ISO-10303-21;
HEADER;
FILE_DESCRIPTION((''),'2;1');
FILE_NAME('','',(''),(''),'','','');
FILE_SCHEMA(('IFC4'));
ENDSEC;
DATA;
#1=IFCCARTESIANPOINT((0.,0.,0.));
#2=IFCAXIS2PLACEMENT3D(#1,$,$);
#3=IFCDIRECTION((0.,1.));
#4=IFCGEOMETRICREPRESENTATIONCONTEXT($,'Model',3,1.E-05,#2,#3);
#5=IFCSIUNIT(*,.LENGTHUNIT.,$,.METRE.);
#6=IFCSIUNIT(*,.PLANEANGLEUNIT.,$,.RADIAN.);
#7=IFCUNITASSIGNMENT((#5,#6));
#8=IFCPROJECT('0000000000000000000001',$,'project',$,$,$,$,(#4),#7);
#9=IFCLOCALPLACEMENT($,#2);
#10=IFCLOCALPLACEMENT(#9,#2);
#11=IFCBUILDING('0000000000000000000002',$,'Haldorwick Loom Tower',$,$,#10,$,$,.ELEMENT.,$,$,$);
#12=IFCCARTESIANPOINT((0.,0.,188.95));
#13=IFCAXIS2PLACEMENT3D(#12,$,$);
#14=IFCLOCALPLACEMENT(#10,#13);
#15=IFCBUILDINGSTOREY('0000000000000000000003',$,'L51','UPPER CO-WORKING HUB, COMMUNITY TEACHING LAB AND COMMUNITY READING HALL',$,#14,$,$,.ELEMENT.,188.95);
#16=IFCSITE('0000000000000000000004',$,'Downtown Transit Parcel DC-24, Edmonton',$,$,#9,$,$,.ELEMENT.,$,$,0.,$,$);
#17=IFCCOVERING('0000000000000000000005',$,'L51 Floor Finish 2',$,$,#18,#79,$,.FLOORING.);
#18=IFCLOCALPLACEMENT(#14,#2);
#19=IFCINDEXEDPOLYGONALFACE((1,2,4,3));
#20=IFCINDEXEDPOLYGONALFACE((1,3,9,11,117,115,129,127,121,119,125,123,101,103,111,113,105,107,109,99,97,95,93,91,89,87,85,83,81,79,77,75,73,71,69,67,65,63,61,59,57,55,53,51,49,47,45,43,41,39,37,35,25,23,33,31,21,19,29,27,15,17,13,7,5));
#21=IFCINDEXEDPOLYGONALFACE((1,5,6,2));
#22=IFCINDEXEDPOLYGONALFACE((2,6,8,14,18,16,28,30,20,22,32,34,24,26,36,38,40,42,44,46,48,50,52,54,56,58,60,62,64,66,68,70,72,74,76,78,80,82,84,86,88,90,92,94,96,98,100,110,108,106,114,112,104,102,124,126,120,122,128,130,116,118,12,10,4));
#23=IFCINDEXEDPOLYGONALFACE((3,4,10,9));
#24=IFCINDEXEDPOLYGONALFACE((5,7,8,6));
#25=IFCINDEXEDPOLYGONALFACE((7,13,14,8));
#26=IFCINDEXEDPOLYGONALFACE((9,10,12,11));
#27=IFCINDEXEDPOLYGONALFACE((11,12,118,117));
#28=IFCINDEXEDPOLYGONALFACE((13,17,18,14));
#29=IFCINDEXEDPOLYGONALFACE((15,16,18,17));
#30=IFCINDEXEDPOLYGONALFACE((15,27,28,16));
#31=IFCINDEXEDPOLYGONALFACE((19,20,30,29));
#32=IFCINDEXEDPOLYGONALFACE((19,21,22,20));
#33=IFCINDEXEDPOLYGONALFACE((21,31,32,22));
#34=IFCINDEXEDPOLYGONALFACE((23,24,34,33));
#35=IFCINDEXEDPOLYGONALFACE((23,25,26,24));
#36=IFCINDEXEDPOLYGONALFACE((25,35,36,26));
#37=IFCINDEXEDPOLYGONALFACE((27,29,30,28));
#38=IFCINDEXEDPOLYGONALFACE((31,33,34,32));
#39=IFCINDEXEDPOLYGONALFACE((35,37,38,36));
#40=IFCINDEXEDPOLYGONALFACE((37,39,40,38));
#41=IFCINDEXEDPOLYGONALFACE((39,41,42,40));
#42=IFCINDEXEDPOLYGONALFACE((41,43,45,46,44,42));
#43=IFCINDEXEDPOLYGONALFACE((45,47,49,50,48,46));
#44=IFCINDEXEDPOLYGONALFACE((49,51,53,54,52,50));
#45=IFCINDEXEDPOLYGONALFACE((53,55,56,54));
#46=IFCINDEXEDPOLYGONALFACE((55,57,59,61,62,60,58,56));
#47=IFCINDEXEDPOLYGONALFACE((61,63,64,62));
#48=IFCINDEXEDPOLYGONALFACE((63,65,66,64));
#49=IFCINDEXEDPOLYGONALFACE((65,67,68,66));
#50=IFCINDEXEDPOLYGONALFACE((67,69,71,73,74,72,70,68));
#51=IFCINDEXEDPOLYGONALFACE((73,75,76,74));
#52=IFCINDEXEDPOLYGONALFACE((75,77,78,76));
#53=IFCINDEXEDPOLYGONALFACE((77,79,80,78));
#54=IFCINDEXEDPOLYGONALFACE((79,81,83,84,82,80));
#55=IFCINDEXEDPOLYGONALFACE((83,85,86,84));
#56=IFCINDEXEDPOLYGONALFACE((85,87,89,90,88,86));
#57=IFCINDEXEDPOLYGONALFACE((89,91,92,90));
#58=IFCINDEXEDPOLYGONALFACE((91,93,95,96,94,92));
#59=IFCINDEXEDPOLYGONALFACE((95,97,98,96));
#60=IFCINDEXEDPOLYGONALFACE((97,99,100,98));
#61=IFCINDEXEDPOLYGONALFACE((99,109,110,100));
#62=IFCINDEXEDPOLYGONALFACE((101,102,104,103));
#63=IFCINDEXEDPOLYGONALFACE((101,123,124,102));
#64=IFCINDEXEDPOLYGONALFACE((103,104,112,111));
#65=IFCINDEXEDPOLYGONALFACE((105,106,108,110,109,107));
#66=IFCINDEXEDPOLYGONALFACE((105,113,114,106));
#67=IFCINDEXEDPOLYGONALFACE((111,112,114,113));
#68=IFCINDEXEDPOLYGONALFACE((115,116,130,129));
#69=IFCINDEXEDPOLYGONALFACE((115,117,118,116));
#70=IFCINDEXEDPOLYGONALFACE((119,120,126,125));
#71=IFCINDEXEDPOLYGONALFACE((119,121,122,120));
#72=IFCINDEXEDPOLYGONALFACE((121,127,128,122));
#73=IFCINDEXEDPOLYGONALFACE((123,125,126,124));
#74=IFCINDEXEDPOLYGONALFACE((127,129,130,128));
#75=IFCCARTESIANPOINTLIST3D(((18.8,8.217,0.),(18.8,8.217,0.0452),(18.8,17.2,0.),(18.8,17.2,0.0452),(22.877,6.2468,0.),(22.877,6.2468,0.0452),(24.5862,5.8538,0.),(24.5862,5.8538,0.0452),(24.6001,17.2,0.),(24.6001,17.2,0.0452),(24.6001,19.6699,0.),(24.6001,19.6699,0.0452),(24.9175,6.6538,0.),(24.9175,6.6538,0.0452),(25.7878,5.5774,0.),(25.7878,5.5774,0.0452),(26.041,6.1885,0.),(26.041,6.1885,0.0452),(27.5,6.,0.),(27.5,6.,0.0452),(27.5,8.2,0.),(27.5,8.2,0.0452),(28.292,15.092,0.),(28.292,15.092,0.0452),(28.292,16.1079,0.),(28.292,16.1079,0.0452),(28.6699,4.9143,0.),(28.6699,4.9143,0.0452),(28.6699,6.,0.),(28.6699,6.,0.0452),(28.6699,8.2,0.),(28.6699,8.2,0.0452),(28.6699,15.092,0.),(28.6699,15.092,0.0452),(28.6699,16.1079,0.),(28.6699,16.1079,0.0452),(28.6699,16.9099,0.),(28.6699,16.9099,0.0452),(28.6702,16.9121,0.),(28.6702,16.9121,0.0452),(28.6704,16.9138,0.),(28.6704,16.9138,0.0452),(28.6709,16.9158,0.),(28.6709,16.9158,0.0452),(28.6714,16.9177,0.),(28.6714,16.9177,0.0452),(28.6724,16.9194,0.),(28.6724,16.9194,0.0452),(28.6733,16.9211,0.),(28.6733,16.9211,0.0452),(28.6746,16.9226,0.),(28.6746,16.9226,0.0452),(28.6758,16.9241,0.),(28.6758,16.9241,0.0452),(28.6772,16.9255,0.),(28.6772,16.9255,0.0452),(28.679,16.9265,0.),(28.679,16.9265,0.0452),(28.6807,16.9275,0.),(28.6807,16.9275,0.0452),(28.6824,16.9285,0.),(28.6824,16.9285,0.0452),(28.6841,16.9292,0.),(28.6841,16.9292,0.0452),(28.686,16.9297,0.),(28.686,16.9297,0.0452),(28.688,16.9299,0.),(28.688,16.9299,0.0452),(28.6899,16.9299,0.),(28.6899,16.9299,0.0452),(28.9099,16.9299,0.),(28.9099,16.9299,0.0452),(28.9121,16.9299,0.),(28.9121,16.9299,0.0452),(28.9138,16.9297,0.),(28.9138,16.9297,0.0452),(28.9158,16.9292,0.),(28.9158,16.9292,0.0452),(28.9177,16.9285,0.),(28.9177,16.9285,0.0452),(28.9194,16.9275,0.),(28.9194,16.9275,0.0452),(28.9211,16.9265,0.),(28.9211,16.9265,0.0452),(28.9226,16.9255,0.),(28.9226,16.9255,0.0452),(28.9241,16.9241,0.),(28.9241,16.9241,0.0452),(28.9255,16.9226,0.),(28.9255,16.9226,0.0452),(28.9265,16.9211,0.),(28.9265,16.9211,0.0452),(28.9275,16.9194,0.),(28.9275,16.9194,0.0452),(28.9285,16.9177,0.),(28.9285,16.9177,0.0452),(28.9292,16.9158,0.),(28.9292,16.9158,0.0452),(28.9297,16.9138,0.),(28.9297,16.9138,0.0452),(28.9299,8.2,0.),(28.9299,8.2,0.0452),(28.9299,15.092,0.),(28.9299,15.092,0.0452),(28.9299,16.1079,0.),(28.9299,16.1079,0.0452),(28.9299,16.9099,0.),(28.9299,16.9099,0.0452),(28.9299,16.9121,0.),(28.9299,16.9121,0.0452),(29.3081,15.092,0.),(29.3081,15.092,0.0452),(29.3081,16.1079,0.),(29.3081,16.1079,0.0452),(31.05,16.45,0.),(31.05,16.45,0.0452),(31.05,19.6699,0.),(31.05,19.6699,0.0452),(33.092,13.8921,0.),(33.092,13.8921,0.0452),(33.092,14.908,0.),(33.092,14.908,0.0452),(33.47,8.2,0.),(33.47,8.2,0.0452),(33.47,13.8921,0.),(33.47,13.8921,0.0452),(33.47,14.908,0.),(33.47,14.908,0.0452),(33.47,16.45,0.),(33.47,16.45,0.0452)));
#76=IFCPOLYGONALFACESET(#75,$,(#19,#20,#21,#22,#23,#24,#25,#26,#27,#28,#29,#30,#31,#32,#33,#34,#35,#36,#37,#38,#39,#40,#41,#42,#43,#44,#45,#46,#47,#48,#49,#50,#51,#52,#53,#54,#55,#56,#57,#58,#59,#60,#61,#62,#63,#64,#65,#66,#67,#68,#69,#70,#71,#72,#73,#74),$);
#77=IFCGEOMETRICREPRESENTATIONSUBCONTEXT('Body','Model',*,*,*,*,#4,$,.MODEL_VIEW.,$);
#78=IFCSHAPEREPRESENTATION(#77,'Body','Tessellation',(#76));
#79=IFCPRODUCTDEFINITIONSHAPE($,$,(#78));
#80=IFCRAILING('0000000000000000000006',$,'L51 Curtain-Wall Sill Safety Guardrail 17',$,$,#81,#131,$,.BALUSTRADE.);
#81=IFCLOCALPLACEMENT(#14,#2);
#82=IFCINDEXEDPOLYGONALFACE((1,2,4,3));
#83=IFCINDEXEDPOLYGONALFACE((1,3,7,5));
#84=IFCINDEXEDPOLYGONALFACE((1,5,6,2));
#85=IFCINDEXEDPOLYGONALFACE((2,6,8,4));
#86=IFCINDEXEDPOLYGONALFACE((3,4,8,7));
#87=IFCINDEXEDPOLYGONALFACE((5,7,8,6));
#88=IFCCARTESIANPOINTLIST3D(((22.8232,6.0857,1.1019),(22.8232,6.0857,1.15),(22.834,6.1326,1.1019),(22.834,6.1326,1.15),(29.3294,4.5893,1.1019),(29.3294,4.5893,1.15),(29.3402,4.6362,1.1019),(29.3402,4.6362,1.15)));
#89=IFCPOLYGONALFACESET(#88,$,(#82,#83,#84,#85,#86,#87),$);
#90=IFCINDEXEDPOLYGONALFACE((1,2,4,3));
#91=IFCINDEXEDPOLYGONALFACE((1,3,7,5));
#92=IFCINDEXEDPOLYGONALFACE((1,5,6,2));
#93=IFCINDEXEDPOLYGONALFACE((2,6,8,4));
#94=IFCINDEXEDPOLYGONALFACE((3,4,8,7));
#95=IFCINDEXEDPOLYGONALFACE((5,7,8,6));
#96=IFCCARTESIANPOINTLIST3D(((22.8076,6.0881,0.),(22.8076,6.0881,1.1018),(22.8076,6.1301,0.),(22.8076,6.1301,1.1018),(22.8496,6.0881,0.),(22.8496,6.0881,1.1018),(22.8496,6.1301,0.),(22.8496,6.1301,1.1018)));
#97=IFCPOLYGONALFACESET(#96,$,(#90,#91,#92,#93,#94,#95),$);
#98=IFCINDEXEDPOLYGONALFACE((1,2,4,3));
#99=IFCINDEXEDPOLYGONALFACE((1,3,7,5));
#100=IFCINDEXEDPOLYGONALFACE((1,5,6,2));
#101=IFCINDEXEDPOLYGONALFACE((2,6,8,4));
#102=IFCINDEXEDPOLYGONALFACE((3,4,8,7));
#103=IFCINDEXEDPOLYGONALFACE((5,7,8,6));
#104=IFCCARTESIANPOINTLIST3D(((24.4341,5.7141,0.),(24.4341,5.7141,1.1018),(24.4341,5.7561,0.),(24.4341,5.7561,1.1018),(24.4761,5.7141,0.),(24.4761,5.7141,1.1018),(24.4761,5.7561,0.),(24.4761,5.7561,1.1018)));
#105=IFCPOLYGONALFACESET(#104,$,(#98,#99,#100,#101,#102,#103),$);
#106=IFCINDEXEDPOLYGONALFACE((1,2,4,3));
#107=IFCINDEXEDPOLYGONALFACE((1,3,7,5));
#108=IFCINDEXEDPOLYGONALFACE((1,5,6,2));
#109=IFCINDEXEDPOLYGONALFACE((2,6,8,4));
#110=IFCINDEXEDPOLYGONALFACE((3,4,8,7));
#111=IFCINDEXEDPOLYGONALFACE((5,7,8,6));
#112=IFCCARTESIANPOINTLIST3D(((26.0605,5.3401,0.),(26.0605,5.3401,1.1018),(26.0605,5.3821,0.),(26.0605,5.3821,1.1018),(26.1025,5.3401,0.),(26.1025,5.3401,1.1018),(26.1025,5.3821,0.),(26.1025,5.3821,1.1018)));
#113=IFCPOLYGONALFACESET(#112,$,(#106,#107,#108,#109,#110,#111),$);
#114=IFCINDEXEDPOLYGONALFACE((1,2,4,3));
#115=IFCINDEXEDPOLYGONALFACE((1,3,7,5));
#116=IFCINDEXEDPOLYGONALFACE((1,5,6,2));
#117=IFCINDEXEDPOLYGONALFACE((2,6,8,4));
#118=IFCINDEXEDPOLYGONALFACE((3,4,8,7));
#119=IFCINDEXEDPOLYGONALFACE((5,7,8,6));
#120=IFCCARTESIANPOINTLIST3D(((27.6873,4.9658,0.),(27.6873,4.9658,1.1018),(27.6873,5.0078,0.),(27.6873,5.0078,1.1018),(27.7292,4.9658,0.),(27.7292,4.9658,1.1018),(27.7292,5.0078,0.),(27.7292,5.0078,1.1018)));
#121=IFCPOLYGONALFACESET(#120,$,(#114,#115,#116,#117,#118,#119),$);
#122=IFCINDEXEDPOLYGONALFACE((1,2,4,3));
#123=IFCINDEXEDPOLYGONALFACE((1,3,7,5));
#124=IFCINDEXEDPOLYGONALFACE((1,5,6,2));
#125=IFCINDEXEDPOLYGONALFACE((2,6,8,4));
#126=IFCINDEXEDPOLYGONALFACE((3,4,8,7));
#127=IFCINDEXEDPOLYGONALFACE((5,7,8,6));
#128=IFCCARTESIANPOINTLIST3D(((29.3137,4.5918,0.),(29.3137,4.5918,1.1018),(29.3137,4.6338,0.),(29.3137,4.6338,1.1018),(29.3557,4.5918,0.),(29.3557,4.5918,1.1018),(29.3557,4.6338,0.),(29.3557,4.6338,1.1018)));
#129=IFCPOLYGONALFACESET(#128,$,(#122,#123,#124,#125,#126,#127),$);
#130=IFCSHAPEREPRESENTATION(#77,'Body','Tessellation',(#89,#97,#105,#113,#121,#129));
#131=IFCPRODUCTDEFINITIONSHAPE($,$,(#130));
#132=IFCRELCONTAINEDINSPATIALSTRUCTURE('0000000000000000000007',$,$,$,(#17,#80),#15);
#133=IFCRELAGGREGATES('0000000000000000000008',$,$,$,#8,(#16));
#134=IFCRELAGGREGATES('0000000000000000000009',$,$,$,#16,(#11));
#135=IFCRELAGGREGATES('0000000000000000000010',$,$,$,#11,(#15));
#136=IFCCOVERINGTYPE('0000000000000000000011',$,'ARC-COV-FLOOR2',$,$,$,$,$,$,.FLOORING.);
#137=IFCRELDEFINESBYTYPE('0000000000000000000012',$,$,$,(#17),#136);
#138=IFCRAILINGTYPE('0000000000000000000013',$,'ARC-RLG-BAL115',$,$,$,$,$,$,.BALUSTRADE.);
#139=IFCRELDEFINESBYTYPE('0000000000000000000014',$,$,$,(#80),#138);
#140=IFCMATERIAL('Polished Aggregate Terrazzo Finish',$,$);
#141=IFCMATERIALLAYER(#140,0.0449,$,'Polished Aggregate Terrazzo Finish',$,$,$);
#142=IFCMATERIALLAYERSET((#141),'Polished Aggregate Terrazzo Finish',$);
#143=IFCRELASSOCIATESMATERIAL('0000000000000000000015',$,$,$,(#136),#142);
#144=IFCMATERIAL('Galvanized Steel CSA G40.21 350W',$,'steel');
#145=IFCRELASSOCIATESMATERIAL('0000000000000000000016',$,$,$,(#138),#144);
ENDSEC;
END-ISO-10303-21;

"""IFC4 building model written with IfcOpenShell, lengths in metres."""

from ifc_helpers import new_model, si_unit, direction, frame, origin, origin_2d, place, context, subcontext, project, spatial, polyline, rectangle, outline, extrude, material, layer, layer_set, type_object, element, save


model = new_model("IFC4")

# Units and contexts
model_context = context("Model", 3, precision=1e-05, world=origin(), true_north=direction((0.0, 1.0)))
body_context = subcontext(model_context, "Body", "Model", "MODEL_VIEW")
ifc_project = project(units=[si_unit("LENGTHUNIT", "METRE"), si_unit("PLANEANGLEUNIT", "RADIAN")], contexts=[model_context])

# Site, building, storey
site_placement = place(None, origin())
site = spatial("IfcSite", under=ifc_project, at=site_placement, Name="Downtown Transit Parcel DC-24, Edmonton", CompositionType="ELEMENT", RefElevation=0.0)
building_placement = place(site_placement, origin())
building = spatial("IfcBuilding", under=site, at=building_placement, Name="Haldorwick Loom Tower", CompositionType="ELEMENT")
storey_placement = place(building_placement, frame((0.0, 0.0, 188.95)))
storey = spatial("IfcBuildingStorey", under=building, at=storey_placement, Name="L51", Description="UPPER CO-WORKING HUB, COMMUNITY TEACHING LAB AND COMMUNITY READING HALL", CompositionType="ELEMENT", Elevation=188.95)

# Covering
ifc_material_1 = material(Name="Polished Aggregate Terrazzo Finish")
ifc_layer_1 = layer(ifc_material_1, 0.0449, Name="Polished Aggregate Terrazzo Finish")
ifc_layer_set_1 = layer_set([ifc_layer_1], Name="Polished Aggregate Terrazzo Finish")
covering_type_1 = type_object("IfcCoveringType", Name="ARC-COV-FLOOR2", PredefinedType="FLOORING", material=ifc_layer_set_1)
covering_1_placement = place(storey_placement, origin())
element("IfcCovering", 1, at=covering_1_placement, inside=storey, type_object=covering_type_1, Name="L51 Floor Finish 2", PredefinedType="FLOORING", context=body_context, shape_type="SweptSolid", body=[
    extrude(outline(polyline([(28.9299, 8.2), (33.47, 8.2), (33.47, 13.8921), (33.092, 13.8921), (33.092, 14.908), (33.47, 14.908), (33.47, 16.45), (31.05, 16.45), (31.05, 19.6699), (24.6001, 19.6699), (24.6001, 17.2), (18.8, 17.2), (18.8, 8.217), (22.877, 6.2468), (24.5862, 5.8538), (24.9175, 6.6538), (26.041, 6.1885), (25.7878, 5.5774), (28.6699, 4.9143), (28.6699, 6.0), (27.5, 6.0), (27.5, 8.2), (28.6699, 8.2), (28.6699, 15.092), (28.292, 15.092), (28.292, 16.1079), (28.6699, 16.1079), (28.6699, 16.9099), (28.6702, 16.9121), (28.6704, 16.9138), (28.6709, 16.9158), (28.6714, 16.9177), (28.6724, 16.9194), (28.6733, 16.9211), (28.6746, 16.9226), (28.6758, 16.9241), (28.6772, 16.9255), (28.679, 16.9265), (28.6807, 16.9275), (28.6824, 16.9285), (28.6841, 16.9292), (28.686, 16.9297), (28.688, 16.9299), (28.6899, 16.9299), (28.9099, 16.9299), (28.9121, 16.9299), (28.9138, 16.9297), (28.9158, 16.9292), (28.9177, 16.9285), (28.9194, 16.9275), (28.9211, 16.9265), (28.9226, 16.9255), (28.9241, 16.9241), (28.9255, 16.9226), (28.9265, 16.9211), (28.9275, 16.9194), (28.9285, 16.9177), (28.9292, 16.9158), (28.9297, 16.9138), (28.9299, 16.9121), (28.9299, 16.9099), (28.9299, 16.1079), (29.3081, 16.1079), (29.3081, 15.092), (28.9299, 15.092), (28.9299, 8.2)])), origin(), (0.0, 0.0, 1.0), 0.0452),
])

# Railing
ifc_material_2 = material(Name="Galvanized Steel CSA G40.21 350W", Category="steel")
railing_type = type_object("IfcRailingType", Name="ARC-RLG-BAL115", PredefinedType="BALUSTRADE", material=ifc_material_2)
railing_placement = place(storey_placement, frame((22.8286, 6.1091, 0.0)))
element("IfcRailing", 2, at=railing_placement, inside=storey, type_object=railing_type, Name="L51 Curtain-Wall Sill Safety Guardrail 17", PredefinedType="BALUSTRADE", context=body_context, shape_type="SweptSolid", body=[
    extrude(rectangle(XDim=0.0481, YDim=0.0481, at=origin_2d()), frame((0.0, 0.0, 1.126), z_axis=(0.974557, -0.224138, 0.0), x_axis=(0.224138, 0.974557, 0.0)), (0.0, 0.0, 1.0), 6.676),
    extrude(rectangle(XDim=0.042, YDim=0.042, at=origin_2d()), origin(), (0.0, 0.0, 1.0), 1.1018),
    extrude(rectangle(XDim=0.042, YDim=0.042, at=origin_2d()), frame((1.6265, -0.374, 0.0)), (0.0, 0.0, 1.0), 1.1018),
    extrude(rectangle(XDim=0.042, YDim=0.042, at=origin_2d()), frame((3.2529, -0.748, 0.0)), (0.0, 0.0, 1.0), 1.1018),
    extrude(rectangle(XDim=0.042, YDim=0.042, at=origin_2d()), frame((4.8796, -1.1223, 0.0)), (0.0, 0.0, 1.0), 1.1018),
    extrude(rectangle(XDim=0.042, YDim=0.042, at=origin_2d()), frame((6.5061, -1.4963, 0.0)), (0.0, 0.0, 1.0), 1.1018),
])

save(model, "model.ifc")
